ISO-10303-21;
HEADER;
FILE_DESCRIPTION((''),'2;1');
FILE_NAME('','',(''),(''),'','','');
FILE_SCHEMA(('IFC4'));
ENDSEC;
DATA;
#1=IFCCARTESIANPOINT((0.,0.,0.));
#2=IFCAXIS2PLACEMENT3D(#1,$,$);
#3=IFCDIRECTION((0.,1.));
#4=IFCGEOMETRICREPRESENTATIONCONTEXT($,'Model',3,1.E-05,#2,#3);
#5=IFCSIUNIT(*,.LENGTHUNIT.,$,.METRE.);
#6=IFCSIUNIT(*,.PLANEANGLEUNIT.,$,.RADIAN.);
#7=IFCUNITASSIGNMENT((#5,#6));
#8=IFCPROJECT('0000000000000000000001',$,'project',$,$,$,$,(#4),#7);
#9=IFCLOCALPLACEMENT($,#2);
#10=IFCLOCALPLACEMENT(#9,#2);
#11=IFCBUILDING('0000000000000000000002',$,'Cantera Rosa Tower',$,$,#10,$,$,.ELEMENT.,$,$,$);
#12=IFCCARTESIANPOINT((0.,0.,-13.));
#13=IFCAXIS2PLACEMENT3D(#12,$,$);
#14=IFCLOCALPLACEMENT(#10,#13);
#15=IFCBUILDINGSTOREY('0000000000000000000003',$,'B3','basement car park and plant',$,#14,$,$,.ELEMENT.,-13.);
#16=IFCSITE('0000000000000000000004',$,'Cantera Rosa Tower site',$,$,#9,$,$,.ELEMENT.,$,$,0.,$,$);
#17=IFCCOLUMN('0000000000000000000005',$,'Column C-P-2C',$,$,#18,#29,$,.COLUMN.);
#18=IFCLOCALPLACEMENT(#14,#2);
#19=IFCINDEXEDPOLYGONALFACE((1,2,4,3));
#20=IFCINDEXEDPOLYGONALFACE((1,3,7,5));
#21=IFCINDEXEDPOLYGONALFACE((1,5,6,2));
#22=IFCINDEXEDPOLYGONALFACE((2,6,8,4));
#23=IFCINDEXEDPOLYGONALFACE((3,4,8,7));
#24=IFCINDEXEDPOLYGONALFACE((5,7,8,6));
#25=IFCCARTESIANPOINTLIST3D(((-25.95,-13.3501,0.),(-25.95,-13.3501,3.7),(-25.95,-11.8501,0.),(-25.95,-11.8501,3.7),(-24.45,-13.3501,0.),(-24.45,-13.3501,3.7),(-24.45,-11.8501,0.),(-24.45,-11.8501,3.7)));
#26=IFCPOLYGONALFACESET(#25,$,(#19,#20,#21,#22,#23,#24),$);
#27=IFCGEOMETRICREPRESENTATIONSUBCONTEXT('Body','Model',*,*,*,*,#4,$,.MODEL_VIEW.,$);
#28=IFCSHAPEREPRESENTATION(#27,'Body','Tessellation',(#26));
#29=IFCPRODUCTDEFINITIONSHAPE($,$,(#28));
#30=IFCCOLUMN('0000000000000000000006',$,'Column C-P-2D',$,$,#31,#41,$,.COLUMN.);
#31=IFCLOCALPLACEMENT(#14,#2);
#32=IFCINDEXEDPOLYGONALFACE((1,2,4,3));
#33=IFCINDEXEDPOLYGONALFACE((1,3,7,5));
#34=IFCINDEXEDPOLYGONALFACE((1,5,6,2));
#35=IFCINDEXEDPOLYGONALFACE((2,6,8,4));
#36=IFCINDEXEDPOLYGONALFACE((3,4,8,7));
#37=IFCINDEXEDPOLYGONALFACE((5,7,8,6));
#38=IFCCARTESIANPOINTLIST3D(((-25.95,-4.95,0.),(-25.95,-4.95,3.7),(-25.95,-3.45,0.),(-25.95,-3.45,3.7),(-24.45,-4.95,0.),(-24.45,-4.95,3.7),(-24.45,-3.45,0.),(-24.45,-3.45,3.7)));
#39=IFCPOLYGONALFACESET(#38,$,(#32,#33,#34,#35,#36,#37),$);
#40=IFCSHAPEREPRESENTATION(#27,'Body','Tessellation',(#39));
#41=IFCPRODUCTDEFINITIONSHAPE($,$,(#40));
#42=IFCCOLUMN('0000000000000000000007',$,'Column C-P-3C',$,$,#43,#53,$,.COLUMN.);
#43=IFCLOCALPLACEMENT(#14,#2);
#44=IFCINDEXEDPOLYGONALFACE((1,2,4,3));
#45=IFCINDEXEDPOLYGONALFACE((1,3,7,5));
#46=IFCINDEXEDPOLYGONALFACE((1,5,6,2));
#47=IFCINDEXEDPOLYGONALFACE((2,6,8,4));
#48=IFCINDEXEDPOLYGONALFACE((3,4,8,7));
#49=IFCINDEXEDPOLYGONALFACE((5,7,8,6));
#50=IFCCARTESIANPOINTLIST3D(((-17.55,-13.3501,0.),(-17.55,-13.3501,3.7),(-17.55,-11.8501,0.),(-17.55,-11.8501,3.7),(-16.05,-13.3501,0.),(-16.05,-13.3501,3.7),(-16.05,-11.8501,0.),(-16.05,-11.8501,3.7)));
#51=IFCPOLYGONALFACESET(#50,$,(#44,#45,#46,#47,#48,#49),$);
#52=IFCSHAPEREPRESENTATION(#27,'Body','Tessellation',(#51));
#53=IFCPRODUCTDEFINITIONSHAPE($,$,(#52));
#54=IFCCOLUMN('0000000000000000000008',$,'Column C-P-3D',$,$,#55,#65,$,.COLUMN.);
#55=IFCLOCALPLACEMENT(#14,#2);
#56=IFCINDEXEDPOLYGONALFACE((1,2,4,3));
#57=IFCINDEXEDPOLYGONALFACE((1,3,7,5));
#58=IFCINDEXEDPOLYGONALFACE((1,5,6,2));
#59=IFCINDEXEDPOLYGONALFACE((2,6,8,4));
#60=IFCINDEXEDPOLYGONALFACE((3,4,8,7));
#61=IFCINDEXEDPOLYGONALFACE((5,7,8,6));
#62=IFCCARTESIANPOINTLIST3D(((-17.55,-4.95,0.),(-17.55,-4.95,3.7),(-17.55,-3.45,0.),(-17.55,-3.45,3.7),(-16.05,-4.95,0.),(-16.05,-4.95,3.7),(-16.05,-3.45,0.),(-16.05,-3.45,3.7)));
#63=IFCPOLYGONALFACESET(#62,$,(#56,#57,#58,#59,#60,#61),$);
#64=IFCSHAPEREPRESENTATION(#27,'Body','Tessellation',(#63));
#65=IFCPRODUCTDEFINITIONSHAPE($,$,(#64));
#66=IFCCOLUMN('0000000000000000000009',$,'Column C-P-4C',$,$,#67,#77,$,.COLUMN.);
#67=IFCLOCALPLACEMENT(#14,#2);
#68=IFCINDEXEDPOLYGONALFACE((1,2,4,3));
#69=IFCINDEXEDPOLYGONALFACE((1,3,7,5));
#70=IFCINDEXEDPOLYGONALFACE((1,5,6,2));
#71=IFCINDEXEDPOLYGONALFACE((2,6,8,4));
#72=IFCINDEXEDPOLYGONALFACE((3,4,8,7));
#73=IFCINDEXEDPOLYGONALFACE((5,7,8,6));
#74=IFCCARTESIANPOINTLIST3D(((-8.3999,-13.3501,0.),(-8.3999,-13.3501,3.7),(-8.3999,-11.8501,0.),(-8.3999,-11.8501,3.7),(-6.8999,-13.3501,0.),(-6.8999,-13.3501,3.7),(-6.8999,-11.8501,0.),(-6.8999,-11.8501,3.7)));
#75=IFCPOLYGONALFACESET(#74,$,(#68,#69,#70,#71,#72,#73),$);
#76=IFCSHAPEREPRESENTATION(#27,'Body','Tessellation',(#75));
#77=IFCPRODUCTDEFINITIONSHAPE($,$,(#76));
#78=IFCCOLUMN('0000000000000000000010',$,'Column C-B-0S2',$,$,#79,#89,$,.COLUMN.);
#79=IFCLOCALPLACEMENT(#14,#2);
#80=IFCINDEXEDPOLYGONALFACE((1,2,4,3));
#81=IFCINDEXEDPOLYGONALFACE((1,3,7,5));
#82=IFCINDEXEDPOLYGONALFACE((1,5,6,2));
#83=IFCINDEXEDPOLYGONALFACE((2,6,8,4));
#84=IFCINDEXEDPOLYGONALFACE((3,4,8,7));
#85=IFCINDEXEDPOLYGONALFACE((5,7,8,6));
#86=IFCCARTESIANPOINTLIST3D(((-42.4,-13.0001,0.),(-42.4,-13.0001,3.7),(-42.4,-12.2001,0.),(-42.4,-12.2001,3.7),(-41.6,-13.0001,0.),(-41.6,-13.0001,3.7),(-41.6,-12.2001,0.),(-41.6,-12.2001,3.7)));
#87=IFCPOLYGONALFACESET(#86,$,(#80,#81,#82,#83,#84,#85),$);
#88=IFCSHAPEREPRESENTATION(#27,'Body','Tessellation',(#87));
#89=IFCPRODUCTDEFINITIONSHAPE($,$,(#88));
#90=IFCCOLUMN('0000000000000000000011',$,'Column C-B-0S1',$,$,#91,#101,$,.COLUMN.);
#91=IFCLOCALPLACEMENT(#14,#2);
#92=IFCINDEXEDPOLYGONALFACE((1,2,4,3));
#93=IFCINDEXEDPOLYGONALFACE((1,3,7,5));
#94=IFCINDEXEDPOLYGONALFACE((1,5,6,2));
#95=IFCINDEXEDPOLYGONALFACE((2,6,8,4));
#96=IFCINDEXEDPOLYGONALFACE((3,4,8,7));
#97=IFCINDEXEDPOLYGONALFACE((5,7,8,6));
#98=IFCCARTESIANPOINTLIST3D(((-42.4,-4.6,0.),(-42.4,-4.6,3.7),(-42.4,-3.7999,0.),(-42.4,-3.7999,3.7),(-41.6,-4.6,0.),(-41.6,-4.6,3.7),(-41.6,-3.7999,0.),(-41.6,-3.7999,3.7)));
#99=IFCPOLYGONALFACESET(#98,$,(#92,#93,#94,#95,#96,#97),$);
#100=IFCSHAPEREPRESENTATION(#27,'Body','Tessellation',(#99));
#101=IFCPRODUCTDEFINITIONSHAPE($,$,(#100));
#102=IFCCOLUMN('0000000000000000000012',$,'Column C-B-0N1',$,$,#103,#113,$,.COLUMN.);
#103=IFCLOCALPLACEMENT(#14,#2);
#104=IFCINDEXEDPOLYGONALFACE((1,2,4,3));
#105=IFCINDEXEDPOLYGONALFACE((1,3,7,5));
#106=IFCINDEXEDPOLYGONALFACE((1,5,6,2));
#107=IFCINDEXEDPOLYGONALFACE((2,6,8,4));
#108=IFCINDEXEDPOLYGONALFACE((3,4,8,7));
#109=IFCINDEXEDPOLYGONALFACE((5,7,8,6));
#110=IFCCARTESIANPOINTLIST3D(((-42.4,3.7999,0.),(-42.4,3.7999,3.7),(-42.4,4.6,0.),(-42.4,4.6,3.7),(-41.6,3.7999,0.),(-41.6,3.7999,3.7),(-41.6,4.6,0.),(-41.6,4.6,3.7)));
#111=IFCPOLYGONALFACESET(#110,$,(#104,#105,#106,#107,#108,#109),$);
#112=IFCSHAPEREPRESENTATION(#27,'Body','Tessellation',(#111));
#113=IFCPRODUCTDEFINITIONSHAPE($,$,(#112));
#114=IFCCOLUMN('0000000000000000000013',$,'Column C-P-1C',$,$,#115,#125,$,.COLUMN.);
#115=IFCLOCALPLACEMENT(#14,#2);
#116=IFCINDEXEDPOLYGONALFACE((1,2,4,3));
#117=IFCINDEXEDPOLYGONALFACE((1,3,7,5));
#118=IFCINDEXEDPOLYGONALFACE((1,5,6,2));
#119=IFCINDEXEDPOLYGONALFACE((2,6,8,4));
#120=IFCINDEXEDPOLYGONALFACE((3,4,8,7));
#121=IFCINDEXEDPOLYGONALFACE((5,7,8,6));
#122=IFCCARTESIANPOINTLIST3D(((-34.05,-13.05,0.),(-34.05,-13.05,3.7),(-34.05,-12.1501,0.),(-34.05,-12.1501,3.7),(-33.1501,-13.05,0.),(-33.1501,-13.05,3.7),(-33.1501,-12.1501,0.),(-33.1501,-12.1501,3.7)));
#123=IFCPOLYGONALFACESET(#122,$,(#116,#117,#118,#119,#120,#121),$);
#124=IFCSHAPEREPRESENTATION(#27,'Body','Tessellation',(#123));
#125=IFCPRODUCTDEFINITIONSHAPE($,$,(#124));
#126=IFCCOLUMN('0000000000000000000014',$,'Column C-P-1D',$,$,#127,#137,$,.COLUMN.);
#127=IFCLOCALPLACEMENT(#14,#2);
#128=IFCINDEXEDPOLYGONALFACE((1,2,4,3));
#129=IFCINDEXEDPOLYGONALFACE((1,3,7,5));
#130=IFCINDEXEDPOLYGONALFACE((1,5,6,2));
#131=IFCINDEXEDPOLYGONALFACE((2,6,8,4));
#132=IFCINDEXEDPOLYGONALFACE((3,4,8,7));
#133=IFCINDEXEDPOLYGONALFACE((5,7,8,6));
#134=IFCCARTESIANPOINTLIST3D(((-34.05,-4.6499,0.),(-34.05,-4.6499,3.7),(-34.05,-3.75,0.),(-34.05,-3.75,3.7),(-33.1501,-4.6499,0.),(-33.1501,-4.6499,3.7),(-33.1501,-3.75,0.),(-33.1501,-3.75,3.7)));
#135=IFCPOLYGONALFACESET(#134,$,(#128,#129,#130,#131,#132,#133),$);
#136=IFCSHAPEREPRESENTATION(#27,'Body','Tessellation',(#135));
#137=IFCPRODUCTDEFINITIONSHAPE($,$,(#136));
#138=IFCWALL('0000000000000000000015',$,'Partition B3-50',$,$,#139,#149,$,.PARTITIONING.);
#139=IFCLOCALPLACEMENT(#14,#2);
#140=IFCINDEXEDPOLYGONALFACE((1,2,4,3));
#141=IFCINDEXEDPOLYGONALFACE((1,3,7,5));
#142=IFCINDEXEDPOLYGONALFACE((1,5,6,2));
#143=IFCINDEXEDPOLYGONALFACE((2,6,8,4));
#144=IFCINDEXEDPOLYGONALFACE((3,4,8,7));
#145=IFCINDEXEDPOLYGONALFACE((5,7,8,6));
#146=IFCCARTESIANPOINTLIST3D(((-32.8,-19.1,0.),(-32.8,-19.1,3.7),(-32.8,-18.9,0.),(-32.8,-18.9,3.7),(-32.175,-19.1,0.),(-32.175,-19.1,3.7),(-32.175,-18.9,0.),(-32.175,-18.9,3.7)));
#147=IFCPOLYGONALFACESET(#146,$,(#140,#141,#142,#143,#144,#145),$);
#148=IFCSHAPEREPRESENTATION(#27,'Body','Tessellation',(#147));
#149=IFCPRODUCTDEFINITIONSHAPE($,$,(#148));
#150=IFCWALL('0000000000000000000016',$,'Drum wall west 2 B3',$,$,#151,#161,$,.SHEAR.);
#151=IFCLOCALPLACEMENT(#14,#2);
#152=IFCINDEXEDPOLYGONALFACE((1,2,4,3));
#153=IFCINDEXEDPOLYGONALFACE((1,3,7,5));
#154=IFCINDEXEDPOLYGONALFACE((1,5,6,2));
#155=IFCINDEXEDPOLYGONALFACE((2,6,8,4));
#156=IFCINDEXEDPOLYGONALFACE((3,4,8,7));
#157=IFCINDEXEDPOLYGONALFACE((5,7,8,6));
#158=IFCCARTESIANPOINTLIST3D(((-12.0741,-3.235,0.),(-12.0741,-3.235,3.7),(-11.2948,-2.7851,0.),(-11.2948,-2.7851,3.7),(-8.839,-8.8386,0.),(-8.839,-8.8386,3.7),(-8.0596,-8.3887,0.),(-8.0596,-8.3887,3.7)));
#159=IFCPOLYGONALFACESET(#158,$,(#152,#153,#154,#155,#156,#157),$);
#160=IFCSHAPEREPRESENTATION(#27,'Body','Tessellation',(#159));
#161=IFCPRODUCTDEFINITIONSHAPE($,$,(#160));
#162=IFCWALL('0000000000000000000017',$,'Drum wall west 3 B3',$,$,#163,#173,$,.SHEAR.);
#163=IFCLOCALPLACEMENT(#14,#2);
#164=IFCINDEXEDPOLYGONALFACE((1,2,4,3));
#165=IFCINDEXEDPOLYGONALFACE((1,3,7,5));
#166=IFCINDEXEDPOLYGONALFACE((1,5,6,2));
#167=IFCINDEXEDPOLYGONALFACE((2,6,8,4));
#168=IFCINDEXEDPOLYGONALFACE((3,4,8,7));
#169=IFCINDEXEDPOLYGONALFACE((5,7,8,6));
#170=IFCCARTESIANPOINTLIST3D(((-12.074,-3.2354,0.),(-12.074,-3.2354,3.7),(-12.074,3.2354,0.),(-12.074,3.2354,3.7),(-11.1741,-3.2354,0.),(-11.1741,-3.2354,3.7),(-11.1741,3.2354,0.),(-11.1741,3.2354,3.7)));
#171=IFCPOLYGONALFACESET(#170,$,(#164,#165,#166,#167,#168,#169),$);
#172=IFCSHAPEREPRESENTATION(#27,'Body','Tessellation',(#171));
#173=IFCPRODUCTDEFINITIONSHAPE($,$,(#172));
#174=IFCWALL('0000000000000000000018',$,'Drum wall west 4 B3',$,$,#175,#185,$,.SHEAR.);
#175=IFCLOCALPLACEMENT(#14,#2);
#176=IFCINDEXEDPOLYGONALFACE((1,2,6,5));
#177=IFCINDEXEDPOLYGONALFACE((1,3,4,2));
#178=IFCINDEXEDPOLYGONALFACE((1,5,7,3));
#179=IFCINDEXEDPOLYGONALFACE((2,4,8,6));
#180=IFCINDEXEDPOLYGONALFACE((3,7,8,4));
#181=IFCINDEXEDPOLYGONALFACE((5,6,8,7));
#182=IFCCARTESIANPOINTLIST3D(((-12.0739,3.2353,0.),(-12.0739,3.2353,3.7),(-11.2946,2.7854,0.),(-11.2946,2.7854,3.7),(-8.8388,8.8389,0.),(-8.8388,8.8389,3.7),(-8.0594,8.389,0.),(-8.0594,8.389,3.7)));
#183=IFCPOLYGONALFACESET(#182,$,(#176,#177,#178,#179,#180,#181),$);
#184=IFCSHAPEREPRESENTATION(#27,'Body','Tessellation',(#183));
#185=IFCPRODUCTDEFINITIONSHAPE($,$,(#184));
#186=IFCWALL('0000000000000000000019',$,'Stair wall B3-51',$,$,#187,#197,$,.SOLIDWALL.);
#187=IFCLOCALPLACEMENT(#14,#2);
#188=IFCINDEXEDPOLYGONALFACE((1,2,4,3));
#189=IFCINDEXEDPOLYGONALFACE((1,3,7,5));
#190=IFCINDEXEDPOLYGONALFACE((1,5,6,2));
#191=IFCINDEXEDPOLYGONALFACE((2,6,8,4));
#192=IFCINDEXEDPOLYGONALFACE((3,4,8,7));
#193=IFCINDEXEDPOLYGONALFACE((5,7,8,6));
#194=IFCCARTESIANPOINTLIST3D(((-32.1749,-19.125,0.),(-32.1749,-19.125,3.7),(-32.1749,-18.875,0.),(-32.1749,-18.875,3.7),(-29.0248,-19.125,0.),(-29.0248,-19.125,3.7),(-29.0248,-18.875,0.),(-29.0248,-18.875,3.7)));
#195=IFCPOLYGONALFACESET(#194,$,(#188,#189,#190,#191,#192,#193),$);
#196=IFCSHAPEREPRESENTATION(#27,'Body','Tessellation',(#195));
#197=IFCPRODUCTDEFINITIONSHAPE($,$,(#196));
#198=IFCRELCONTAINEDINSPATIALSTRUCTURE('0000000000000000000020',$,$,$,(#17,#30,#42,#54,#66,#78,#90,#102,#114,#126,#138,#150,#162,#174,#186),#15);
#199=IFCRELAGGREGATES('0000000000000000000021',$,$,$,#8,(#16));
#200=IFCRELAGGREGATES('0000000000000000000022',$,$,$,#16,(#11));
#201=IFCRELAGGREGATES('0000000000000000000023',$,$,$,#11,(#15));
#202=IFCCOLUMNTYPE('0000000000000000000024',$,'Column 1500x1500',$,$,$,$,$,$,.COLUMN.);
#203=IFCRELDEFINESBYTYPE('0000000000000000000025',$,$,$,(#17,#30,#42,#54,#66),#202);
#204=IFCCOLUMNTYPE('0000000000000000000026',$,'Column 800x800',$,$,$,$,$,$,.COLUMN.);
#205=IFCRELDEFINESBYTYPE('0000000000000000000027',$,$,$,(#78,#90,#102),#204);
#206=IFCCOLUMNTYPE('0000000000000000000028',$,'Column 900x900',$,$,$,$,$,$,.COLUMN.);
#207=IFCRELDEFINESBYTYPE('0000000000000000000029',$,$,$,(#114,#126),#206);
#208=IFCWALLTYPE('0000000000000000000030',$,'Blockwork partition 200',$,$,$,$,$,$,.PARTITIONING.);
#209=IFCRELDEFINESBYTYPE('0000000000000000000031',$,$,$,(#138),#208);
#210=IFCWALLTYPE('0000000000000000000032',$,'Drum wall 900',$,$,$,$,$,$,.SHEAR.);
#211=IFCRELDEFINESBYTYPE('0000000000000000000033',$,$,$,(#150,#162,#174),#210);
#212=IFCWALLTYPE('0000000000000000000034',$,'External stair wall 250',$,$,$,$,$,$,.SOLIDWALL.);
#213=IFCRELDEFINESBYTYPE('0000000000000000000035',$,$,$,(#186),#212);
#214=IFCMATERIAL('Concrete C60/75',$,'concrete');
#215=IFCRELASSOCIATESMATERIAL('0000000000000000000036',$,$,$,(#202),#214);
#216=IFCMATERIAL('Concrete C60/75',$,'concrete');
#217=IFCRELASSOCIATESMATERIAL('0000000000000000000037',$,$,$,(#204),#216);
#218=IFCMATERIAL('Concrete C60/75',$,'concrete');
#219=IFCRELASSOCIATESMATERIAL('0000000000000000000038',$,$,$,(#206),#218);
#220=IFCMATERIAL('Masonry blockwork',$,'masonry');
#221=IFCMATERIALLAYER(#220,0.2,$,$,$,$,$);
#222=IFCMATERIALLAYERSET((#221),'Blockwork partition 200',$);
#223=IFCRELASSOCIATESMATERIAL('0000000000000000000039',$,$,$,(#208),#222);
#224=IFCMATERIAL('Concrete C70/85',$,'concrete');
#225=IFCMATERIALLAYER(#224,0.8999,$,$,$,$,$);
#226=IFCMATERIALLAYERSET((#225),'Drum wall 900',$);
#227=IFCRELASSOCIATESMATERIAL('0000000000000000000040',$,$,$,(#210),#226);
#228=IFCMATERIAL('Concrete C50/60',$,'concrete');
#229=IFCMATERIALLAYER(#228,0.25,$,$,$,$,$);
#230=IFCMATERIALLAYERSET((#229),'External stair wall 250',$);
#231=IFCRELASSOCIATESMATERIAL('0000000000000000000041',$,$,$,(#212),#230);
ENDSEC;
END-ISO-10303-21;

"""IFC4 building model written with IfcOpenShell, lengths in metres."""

from ifc_helpers import new_model, si_unit, direction, frame, frame_2d, origin, origin_2d, place, context, subcontext, project, spatial, rectangle, extrude, material, layer, layer_set, material_profile, profile_set, type_object, element, save


model = new_model("IFC4")

# Units and contexts
model_context = context("Model", 3, precision=1e-05, world=origin(), true_north=direction((0.0, 1.0)))
body_context = subcontext(model_context, "Body", "Model", "MODEL_VIEW")
ifc_project = project(units=[si_unit("LENGTHUNIT", "METRE"), si_unit("PLANEANGLEUNIT", "RADIAN")], contexts=[model_context])

# Site, building, storey
site_placement = place(None, origin())
site = spatial("IfcSite", under=ifc_project, at=site_placement, Name="Cantera Rosa Tower site", CompositionType="ELEMENT", RefElevation=0.0)
building_placement = place(site_placement, origin())
building = spatial("IfcBuilding", under=site, at=building_placement, Name="Cantera Rosa Tower", CompositionType="ELEMENT")
storey_placement = place(building_placement, frame((0.0, 0.0, -13.0)))
storey = spatial("IfcBuildingStorey", under=building, at=storey_placement, Name="B3", Description="basement car park and plant", CompositionType="ELEMENT", Elevation=-13.0)

# Columns
ifc_material_1 = material(Name="Concrete C60/75", Category="concrete")
ifc_material_profile_1 = material_profile(ifc_material_1, rectangle(XDim=1.5, YDim=1.5, at=origin_2d()), Name="Column 1500x1500")
ifc_profile_set_1 = profile_set([ifc_material_profile_1], Name="Concrete C60/75")
column_type_1 = type_object("IfcColumnType", Name="Column 1500x1500", PredefinedType="COLUMN", material=ifc_profile_set_1)
for number, where, z_axis, x_axis, name in (
    (1, (-25.2, -12.6001, 0.0), (0.0, 0.0, 1.0), (1.0, 0.0, 0.0), "Column C-P-2C"),
    (2, (-25.2, -4.2, 0.0), (0.0, 0.0, 1.0), (1.0, 0.0, 0.0), "Column C-P-2D"),
    (3, (-16.8, -12.6001, 0.0), (0.0, 0.0, 1.0), (1.0, 0.0, 0.0), "Column C-P-3C"),
    (4, (-16.8, -4.2, 0.0), (0.0, 0.0, 1.0), (1.0, 0.0, 0.0), "Column C-P-3D"),
    (5, (-7.6499, -12.6001, 0.0), (0.0, 0.0, 1.0), (1.0, 0.0, 0.0), "Column C-P-4C"),
):
    element("IfcColumn", number, at=place(storey_placement, frame(where, z_axis=z_axis, x_axis=x_axis)), inside=storey, type_object=column_type_1, Name=name, PredefinedType="COLUMN", context=body_context, shape_type="SweptSolid", body=[
        extrude(rectangle(XDim=1.5, YDim=1.5, at=origin_2d()), origin(), (0.0, 0.0, 1.0), 3.7),
    ])
ifc_material_2 = material(Name="Concrete C60/75", Category="concrete")
ifc_material_profile_2 = material_profile(ifc_material_2, rectangle(XDim=0.8, YDim=0.8, at=origin_2d()), Name="Column 800x800")
ifc_profile_set_2 = profile_set([ifc_material_profile_2], Name="Concrete C60/75")
column_type_2 = type_object("IfcColumnType", Name="Column 800x800", PredefinedType="COLUMN", material=ifc_profile_set_2)
for number, where, z_axis, x_axis, name in (
    (6, (-42.0, -12.6001, 0.0), (0.0, 0.0, 1.0), (1.0, 0.0, 0.0), "Column C-B-0S2"),
    (7, (-42.0, -4.2, 0.0), (0.0, 0.0, 1.0), (1.0, 0.0, 0.0), "Column C-B-0S1"),
    (8, (-42.0, 4.2, 0.0), (0.0, 0.0, 1.0), (1.0, 0.0, 0.0), "Column C-B-0N1"),
):
    element("IfcColumn", number, at=place(storey_placement, frame(where, z_axis=z_axis, x_axis=x_axis)), inside=storey, type_object=column_type_2, Name=name, PredefinedType="COLUMN", context=body_context, shape_type="SweptSolid", body=[
        extrude(rectangle(XDim=0.8, YDim=0.8, at=origin_2d()), origin(), (0.0, 0.0, 1.0), 3.7),
    ])
ifc_material_3 = material(Name="Concrete C60/75", Category="concrete")
ifc_material_profile_3 = material_profile(ifc_material_3, rectangle(XDim=0.8999, YDim=0.8999, at=origin_2d()), Name="Column 900x900")
ifc_profile_set_3 = profile_set([ifc_material_profile_3], Name="Concrete C60/75")
column_type_3 = type_object("IfcColumnType", Name="Column 900x900", PredefinedType="COLUMN", material=ifc_profile_set_3)
for number, where, z_axis, x_axis, name in (
    (9, (-33.6001, -12.6001, 0.0), (0.0, 0.0, 1.0), (1.0, 0.0, 0.0), "Column C-P-1C"),
    (10, (-33.6001, -4.2, 0.0), (0.0, 0.0, 1.0), (1.0, 0.0, 0.0), "Column C-P-1D"),
):
    element("IfcColumn", number, at=place(storey_placement, frame(where, z_axis=z_axis, x_axis=x_axis)), inside=storey, type_object=column_type_3, Name=name, PredefinedType="COLUMN", context=body_context, shape_type="SweptSolid", body=[
        extrude(rectangle(XDim=0.8999, YDim=0.8999, at=origin_2d()), origin(), (0.0, 0.0, 1.0), 3.7),
    ])

# Walls
ifc_material_4 = material(Name="Masonry blockwork", Category="masonry")
ifc_layer_1 = layer(ifc_material_4, 0.2)
ifc_layer_set_1 = layer_set([ifc_layer_1], Name="Blockwork partition 200")
wall_type_1 = type_object("IfcWallType", Name="Blockwork partition 200", PredefinedType="PARTITIONING", material=ifc_layer_set_1)
wall_1_placement = place(storey_placement, frame((-32.8, -19.0, 0.0), z_axis=(0.0, 0.0, 1.0), x_axis=(1.0, 0.0, 0.0)))
element("IfcWall", 11, at=wall_1_placement, inside=storey, type_object=wall_type_1, Name="Partition B3-50", PredefinedType="PARTITIONING", context=body_context, shape_type="SweptSolid", body=[
    extrude(rectangle(XDim=0.625, YDim=0.2, at=frame_2d((0.3125, 0.0))), origin(), (0.0, 0.0, 1.0), 3.7),
])
ifc_material_5 = material(Name="Concrete C70/85", Category="concrete")
ifc_layer_2 = layer(ifc_material_5, 0.8999)
ifc_layer_set_2 = layer_set([ifc_layer_2], Name="Drum wall 900")
wall_type_2 = type_object("IfcWallType", Name="Drum wall 900", PredefinedType="SHEAR", material=ifc_layer_set_2)
wall_2_placement = place(storey_placement, frame((-8.4492, -8.6138, 0.0), z_axis=(0.0, 0.0, 1.0), x_axis=(-0.49999, 0.866031, 0.0)))
element("IfcWall", 12, at=wall_2_placement, inside=storey, type_object=wall_type_2, Name="Drum wall west 2 B3", PredefinedType="SHEAR", context=body_context, shape_type="SweptSolid", body=[
    extrude(rectangle(XDim=6.4705, YDim=0.8999, at=frame_2d((3.2354, 0.0))), origin(), (0.0, 0.0, 1.0), 3.7),
])
wall_3_placement = place(storey_placement, frame((-11.624, -3.2354, 0.0), z_axis=(0.0, 0.0, 1.0), x_axis=(0.0, 1.0, 0.0)))
element("IfcWall", 13, at=wall_3_placement, inside=storey, type_object=wall_type_2, Name="Drum wall west 3 B3", PredefinedType="SHEAR", context=body_context, shape_type="SweptSolid", body=[
    extrude(rectangle(XDim=6.4707, YDim=0.8999, at=frame_2d((3.2354, 0.0))), origin(), (0.0, 0.0, 1.0), 3.7),
])
wall_4_placement = place(storey_placement, frame((-11.6843, 3.0103, 0.0), z_axis=(0.0, 0.0, 1.0), x_axis=(0.49999, 0.866031, 0.0)))
element("IfcWall", 14, at=wall_4_placement, inside=storey, type_object=wall_type_2, Name="Drum wall west 4 B3", PredefinedType="SHEAR", context=body_context, shape_type="SweptSolid", body=[
    extrude(rectangle(XDim=6.4705, YDim=0.8999, at=frame_2d((3.2354, 0.0))), origin(), (0.0, 0.0, 1.0), 3.7),
])
ifc_material_6 = material(Name="Concrete C50/60", Category="concrete")
ifc_layer_3 = layer(ifc_material_6, 0.25)
ifc_layer_set_3 = layer_set([ifc_layer_3], Name="External stair wall 250")
wall_type_3 = type_object("IfcWallType", Name="External stair wall 250", PredefinedType="SOLIDWALL", material=ifc_layer_set_3)
wall_5_placement = place(storey_placement, frame((-32.175, -19.0, 0.0), z_axis=(0.0, 0.0, 1.0), x_axis=(1.0, 0.0, 0.0)))
element("IfcWall", 15, at=wall_5_placement, inside=storey, type_object=wall_type_3, Name="Stair wall B3-51", PredefinedType="SOLIDWALL", context=body_context, shape_type="SweptSolid", body=[
    extrude(rectangle(XDim=3.1501, YDim=0.25, at=frame_2d((1.5752, 0.0))), origin(), (0.0, 0.0, 1.0), 3.7),
])

save(model, "model.ifc")
